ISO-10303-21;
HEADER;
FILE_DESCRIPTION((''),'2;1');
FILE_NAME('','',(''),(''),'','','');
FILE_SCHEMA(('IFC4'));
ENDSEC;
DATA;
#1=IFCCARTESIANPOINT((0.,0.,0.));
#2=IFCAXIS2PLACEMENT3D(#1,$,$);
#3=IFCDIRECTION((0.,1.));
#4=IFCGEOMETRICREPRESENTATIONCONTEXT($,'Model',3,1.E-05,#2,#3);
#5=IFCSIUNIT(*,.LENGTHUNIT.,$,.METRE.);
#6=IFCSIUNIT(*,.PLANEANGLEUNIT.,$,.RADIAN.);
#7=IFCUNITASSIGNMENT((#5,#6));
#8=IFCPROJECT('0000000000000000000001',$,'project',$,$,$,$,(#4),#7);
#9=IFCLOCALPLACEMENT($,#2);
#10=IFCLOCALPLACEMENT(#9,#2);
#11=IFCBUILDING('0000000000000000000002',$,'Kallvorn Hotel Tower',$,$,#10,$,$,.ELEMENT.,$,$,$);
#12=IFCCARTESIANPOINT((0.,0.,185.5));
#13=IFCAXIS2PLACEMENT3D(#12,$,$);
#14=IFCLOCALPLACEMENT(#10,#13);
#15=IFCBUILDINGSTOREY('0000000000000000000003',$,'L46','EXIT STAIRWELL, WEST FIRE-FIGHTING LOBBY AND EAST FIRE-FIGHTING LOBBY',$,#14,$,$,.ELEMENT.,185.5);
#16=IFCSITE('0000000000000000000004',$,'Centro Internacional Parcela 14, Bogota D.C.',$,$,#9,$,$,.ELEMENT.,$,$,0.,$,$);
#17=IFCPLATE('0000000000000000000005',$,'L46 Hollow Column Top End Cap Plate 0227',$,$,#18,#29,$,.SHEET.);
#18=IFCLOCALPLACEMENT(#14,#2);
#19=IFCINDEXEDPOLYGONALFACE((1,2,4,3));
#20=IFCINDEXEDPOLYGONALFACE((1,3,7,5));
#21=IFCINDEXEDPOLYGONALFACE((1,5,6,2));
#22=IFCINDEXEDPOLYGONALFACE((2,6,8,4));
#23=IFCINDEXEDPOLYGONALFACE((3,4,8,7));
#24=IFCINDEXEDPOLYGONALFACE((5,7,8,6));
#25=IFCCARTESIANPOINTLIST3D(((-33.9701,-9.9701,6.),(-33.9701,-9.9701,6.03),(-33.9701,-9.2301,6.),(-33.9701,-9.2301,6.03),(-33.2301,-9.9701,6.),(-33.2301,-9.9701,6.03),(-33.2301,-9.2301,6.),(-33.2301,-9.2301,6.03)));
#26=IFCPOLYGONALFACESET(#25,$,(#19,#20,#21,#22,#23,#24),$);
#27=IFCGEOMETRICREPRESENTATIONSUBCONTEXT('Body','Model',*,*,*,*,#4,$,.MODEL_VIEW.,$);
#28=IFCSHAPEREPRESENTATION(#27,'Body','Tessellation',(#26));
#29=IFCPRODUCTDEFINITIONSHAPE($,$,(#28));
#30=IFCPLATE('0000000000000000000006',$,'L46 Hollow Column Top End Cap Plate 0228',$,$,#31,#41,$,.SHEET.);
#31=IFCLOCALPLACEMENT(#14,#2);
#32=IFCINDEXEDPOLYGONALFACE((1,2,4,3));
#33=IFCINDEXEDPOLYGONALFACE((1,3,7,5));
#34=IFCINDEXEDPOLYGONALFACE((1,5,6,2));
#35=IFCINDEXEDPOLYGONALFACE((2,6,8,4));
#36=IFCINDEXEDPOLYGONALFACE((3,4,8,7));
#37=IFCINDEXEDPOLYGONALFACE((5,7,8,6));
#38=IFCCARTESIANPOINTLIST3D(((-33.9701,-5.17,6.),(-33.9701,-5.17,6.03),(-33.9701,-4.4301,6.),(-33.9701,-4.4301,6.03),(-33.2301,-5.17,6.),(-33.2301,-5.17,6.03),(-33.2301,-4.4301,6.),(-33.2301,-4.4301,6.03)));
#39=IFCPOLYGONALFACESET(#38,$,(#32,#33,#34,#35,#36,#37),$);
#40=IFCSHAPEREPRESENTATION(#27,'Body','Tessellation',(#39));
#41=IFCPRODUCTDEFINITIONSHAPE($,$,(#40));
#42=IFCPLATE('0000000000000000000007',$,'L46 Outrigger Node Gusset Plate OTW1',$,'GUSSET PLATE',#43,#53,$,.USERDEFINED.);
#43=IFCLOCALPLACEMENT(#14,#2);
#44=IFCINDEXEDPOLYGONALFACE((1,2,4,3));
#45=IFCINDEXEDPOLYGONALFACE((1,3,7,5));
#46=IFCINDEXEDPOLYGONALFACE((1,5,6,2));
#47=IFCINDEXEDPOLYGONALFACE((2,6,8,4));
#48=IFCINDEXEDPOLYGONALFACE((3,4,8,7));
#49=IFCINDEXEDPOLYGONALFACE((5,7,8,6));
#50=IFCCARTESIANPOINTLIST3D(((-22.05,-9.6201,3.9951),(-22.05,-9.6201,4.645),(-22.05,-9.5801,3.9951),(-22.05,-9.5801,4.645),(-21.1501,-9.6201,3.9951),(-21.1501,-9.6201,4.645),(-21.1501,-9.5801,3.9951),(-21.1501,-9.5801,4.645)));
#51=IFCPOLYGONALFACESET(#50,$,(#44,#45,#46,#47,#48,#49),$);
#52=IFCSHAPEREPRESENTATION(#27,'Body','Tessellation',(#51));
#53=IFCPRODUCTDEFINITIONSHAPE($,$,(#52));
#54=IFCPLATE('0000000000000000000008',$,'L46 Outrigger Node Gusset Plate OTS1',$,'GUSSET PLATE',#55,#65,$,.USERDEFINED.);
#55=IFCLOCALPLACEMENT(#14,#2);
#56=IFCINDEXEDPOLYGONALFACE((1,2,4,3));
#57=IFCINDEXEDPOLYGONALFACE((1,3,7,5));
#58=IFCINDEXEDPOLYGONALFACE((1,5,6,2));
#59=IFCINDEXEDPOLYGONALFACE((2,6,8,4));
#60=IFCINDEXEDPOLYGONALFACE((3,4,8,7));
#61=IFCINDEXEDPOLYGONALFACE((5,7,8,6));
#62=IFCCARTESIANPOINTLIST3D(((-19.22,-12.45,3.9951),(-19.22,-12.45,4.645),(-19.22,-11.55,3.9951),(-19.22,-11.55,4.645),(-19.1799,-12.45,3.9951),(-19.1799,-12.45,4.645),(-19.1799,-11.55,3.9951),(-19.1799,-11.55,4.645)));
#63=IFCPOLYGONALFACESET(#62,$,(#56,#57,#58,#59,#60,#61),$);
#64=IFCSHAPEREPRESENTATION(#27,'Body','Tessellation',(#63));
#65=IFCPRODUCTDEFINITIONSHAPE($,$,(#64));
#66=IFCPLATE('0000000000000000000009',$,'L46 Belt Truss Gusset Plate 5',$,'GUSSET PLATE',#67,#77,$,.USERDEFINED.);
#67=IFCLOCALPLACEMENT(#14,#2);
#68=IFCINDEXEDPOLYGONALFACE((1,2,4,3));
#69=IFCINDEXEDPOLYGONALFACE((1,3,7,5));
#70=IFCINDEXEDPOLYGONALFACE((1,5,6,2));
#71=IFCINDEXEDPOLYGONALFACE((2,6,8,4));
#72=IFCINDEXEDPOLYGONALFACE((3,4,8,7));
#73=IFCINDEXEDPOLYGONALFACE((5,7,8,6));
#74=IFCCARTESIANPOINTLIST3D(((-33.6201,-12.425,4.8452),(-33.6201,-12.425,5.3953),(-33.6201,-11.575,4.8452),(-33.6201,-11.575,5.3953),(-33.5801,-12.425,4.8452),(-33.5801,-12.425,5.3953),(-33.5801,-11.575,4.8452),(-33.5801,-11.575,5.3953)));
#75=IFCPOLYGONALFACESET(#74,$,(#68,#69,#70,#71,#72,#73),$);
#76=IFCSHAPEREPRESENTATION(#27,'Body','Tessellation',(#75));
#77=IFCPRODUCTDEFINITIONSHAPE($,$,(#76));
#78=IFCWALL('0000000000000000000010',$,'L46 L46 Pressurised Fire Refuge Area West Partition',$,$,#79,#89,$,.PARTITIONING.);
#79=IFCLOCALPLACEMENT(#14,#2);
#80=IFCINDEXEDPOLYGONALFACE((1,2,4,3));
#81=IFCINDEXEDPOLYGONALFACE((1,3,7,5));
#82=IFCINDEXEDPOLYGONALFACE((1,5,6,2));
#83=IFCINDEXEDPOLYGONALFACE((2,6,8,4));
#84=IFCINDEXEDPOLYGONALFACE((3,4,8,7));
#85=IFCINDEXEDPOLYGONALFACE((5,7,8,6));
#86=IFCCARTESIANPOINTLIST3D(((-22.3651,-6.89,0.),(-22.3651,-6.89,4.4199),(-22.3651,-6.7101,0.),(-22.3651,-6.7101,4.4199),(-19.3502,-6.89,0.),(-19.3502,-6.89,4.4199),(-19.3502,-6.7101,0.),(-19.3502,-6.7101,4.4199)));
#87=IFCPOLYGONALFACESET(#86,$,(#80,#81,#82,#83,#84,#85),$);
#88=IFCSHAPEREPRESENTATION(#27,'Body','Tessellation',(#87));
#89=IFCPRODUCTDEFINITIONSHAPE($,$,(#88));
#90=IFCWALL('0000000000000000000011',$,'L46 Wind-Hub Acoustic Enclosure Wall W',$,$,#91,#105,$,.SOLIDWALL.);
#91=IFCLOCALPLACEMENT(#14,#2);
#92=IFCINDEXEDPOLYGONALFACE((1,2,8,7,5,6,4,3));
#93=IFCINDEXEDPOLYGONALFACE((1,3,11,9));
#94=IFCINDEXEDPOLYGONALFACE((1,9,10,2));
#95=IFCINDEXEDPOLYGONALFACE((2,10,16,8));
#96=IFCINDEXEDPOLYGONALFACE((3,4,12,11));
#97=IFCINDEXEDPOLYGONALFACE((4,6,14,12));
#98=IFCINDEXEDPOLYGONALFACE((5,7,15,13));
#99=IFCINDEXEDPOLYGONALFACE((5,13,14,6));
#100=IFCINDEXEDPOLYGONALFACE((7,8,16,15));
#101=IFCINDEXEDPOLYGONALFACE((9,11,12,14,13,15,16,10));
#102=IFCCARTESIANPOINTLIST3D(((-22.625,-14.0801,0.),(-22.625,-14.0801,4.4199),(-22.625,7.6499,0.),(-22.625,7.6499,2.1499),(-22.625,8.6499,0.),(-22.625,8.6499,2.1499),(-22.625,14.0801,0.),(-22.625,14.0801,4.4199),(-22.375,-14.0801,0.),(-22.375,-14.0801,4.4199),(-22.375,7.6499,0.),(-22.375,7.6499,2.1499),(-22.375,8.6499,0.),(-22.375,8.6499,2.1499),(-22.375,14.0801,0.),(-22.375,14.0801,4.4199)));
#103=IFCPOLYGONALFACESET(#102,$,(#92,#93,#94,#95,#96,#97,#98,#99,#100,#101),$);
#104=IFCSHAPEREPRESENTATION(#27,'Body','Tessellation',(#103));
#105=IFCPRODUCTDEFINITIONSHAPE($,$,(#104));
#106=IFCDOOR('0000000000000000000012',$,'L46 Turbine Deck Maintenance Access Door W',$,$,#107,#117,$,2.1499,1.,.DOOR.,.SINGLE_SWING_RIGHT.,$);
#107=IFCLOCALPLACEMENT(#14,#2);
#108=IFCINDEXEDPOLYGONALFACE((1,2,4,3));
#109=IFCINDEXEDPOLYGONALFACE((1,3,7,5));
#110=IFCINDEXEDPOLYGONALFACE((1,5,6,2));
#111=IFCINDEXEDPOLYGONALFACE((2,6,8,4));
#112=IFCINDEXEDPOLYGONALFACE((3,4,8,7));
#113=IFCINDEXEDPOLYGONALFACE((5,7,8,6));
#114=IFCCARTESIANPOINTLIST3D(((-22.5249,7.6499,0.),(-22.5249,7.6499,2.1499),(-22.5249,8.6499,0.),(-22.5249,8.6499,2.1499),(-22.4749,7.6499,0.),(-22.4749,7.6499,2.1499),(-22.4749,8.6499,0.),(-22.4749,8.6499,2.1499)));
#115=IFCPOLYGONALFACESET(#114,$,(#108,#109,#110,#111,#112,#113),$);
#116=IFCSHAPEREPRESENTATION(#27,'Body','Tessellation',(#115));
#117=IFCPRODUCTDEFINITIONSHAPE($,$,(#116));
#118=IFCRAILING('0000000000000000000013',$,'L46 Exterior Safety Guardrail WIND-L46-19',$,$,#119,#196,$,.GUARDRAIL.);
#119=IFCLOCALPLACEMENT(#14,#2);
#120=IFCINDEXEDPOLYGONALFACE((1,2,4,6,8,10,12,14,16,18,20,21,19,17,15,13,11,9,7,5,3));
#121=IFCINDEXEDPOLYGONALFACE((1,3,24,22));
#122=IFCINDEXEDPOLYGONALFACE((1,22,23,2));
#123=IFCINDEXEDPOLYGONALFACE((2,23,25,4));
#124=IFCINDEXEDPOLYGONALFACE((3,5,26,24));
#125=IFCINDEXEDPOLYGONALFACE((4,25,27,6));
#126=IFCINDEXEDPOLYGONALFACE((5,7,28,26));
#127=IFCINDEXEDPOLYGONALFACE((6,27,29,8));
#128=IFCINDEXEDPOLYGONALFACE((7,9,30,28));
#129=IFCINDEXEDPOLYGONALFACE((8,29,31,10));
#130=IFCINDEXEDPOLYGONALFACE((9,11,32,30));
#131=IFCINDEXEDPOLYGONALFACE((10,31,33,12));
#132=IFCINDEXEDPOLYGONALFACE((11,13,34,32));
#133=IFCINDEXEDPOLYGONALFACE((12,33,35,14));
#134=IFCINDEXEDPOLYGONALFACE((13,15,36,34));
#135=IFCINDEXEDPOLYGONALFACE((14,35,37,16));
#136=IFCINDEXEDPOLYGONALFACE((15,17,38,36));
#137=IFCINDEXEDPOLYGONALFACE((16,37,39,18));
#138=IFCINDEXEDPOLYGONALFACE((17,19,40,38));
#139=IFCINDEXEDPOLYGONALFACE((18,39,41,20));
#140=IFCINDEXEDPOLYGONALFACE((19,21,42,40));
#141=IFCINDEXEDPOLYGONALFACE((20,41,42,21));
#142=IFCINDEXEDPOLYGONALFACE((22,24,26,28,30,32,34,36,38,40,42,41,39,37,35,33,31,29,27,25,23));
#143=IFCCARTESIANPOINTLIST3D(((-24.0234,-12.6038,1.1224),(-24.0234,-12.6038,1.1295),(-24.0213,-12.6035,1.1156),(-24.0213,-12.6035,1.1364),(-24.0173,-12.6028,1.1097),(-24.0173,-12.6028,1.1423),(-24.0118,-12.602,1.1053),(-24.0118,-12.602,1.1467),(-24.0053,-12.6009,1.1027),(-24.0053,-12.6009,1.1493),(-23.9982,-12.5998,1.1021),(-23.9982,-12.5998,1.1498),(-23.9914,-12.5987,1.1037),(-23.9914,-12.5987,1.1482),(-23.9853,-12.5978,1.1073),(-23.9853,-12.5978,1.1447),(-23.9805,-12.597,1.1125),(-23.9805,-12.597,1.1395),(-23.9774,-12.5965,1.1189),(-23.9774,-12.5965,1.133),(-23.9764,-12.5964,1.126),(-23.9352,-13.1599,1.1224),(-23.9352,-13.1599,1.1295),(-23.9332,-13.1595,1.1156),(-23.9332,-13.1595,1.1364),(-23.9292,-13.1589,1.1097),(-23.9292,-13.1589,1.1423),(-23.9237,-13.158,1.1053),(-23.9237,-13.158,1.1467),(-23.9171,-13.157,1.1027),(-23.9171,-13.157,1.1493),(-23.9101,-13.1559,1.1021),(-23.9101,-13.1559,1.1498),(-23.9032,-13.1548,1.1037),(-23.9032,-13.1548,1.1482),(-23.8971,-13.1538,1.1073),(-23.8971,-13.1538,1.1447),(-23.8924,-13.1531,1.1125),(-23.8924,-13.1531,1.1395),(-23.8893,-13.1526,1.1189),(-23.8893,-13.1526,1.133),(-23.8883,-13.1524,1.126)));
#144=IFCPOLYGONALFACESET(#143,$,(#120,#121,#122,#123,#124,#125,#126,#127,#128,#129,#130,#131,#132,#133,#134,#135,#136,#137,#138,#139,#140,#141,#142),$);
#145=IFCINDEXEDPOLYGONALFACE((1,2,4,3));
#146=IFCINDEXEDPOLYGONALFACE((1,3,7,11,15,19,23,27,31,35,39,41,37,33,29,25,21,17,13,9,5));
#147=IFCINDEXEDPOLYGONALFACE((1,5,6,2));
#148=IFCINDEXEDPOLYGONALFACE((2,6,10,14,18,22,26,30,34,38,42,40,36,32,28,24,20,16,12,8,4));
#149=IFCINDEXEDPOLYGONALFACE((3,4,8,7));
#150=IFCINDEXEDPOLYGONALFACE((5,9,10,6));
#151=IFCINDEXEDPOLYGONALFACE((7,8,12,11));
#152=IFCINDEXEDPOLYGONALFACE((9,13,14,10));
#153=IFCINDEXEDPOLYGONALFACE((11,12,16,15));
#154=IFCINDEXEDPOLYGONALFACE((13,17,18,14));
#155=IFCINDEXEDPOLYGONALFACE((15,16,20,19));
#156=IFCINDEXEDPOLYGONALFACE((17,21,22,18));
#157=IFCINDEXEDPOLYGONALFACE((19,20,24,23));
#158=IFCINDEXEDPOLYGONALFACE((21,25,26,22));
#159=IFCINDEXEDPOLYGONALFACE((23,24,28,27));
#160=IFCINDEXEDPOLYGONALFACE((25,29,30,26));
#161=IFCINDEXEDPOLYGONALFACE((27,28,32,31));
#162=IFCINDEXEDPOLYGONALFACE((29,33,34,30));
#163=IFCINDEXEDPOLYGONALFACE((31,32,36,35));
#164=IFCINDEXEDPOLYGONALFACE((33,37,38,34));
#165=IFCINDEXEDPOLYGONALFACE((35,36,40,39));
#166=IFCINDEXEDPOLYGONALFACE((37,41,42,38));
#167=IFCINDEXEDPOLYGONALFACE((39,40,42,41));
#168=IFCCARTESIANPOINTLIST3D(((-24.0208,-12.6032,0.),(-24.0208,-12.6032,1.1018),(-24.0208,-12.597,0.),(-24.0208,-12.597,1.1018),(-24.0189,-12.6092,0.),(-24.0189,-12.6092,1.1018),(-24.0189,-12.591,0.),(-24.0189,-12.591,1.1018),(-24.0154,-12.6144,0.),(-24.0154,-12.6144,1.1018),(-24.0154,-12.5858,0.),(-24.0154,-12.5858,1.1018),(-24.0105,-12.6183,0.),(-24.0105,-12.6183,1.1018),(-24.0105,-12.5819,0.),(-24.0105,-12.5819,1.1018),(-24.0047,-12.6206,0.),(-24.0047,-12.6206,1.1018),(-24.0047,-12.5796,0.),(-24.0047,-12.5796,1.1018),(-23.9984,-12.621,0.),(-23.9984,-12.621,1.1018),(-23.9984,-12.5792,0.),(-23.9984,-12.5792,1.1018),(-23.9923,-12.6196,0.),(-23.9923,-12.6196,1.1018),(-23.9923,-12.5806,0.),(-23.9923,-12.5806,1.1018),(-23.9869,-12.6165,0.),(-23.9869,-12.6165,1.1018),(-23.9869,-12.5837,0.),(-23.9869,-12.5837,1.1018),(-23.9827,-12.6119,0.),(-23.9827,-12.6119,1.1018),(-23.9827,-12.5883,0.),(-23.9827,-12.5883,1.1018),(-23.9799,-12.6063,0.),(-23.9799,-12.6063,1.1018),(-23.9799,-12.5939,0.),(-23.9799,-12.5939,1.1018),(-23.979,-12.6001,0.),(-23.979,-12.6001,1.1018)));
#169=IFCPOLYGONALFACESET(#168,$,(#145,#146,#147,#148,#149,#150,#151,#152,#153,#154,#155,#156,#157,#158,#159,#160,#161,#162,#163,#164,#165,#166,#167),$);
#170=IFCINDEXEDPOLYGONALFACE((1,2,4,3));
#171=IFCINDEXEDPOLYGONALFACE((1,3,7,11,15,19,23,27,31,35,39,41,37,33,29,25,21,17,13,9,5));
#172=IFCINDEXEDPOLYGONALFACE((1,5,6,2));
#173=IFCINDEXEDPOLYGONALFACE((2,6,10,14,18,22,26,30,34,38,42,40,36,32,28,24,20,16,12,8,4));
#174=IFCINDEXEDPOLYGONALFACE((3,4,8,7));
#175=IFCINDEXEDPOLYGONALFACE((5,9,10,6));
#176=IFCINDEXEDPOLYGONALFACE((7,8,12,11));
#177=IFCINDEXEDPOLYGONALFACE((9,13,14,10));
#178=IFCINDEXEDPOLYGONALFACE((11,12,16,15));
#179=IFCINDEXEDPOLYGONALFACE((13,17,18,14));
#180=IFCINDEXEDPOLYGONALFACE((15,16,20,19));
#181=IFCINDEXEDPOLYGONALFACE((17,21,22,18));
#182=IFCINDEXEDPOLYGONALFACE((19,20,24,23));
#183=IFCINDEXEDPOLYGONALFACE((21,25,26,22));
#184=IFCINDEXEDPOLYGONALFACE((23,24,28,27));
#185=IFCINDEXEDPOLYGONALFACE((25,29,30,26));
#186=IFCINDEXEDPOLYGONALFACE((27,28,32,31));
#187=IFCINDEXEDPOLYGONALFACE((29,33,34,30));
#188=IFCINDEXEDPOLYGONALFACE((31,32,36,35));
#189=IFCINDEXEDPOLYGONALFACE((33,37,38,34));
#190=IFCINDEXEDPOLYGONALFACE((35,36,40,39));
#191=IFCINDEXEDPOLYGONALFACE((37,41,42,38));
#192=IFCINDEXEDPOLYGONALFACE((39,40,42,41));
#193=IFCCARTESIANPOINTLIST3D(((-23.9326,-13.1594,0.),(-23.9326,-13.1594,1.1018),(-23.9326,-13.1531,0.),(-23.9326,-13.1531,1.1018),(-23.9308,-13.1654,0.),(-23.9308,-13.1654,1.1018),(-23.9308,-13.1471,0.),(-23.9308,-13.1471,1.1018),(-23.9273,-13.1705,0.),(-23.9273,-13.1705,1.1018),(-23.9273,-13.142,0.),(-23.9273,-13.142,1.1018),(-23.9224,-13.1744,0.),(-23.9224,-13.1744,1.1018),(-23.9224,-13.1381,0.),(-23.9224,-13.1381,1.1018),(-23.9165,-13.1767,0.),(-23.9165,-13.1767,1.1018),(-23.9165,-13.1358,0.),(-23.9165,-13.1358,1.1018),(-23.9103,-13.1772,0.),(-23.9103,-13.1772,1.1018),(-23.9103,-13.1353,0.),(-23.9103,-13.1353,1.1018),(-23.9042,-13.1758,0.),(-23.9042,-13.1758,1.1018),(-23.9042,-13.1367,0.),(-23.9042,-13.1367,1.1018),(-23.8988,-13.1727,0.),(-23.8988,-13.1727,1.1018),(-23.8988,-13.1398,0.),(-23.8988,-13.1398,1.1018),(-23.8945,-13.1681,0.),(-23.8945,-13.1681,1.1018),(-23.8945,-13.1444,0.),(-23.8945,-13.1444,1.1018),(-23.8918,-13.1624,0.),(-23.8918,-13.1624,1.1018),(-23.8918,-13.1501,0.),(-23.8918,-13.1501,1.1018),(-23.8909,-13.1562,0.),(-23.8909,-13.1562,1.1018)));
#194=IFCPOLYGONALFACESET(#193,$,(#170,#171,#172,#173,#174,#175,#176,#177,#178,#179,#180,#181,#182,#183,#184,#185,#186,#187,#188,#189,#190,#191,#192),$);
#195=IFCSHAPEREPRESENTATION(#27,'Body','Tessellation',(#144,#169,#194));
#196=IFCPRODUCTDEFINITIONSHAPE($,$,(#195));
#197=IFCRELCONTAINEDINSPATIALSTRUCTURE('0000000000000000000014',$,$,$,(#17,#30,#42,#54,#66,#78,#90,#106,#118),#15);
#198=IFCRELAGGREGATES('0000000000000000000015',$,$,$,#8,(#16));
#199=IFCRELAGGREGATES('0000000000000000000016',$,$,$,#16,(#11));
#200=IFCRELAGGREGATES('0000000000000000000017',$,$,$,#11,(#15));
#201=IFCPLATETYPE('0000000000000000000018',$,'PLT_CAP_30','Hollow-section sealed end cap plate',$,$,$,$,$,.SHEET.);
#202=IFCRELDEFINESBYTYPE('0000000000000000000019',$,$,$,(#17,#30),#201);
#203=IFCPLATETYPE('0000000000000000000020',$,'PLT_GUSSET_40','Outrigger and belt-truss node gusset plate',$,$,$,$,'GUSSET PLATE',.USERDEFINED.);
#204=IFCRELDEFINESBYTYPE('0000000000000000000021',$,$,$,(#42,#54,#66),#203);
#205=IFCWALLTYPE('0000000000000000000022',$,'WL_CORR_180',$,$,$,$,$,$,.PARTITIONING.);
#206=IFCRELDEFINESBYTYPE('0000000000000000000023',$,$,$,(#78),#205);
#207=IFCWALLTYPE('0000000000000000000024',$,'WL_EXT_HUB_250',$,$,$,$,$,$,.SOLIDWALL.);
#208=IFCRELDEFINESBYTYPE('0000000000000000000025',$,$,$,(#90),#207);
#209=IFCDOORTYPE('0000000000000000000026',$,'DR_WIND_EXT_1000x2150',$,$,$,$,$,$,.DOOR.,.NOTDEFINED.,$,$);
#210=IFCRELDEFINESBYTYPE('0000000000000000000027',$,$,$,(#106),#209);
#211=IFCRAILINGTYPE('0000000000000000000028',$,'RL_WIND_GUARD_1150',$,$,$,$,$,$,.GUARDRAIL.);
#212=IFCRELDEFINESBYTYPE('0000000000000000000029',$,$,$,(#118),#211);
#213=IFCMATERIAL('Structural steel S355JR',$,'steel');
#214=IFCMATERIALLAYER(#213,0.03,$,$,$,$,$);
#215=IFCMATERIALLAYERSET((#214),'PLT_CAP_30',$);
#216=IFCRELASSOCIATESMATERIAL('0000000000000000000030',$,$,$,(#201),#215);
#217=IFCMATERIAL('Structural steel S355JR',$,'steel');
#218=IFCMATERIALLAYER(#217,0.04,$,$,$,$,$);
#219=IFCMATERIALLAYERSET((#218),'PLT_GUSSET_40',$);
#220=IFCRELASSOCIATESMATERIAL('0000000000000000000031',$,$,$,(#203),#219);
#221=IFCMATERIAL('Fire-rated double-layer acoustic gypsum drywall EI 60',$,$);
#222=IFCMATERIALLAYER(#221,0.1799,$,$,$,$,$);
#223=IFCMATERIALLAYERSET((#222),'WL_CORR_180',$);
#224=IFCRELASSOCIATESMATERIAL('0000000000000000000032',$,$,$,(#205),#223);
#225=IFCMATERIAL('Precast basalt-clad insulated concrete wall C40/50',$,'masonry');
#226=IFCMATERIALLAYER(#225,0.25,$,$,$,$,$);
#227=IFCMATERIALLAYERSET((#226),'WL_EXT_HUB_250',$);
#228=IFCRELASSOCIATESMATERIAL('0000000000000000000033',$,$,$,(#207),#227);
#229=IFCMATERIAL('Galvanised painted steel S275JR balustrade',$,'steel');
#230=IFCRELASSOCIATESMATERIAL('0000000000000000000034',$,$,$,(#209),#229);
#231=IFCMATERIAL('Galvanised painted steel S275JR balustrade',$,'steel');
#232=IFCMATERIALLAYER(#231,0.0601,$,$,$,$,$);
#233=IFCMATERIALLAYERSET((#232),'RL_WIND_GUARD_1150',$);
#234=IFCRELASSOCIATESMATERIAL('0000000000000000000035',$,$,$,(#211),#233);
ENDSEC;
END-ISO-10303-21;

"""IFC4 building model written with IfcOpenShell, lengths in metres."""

from ifc_helpers import new_model, si_unit, direction, frame, frame_2d, origin, origin_2d, place, context, subcontext, project, spatial, rectangle, circle, extrude, material, layer, layer_set, type_object, element, fill, save


model = new_model("IFC4")

# Units and contexts
model_context = context("Model", 3, precision=1e-05, world=origin(), true_north=direction((0.0, 1.0)))
body_context = subcontext(model_context, "Body", "Model", "MODEL_VIEW")
ifc_project = project(units=[si_unit("LENGTHUNIT", "METRE"), si_unit("PLANEANGLEUNIT", "RADIAN")], contexts=[model_context])

# Site, building, storey
site_placement = place(None, origin())
site = spatial("IfcSite", under=ifc_project, at=site_placement, Name="Centro Internacional Parcela 14, Bogota D.C.", CompositionType="ELEMENT", RefElevation=0.0)
building_placement = place(site_placement, origin())
building = spatial("IfcBuilding", under=site, at=building_placement, Name="Kallvorn Hotel Tower", CompositionType="ELEMENT")
storey_placement = place(building_placement, frame((0.0, 0.0, 185.5)))
storey = spatial("IfcBuildingStorey", under=building, at=storey_placement, Name="L46", Description="EXIT STAIRWELL, WEST FIRE-FIGHTING LOBBY AND EAST FIRE-FIGHTING LOBBY", CompositionType="ELEMENT", Elevation=185.5)

# Plates
ifc_material_1 = material(Name="Structural steel S355JR", Category="steel")
ifc_layer_1 = layer(ifc_material_1, 0.03)
ifc_layer_set_1 = layer_set([ifc_layer_1], Name="PLT_CAP_30")
plate_type_1 = type_object("IfcPlateType", Name="PLT_CAP_30", Description="Hollow-section sealed end cap plate", PredefinedType="SHEET", material=ifc_layer_set_1)
for number, where, z_axis, x_axis, name in (
    (1, (-33.6001, -9.6001, 6.0), (0.0, 0.0, 1.0), (1.0, 0.0, 0.0), "L46 Hollow Column Top End Cap Plate 0227"),
    (2, (-33.6001, -4.8, 6.0), (0.0, 0.0, 1.0), (1.0, 0.0, 0.0), "L46 Hollow Column Top End Cap Plate 0228"),
):
    element("IfcPlate", number, at=place(storey_placement, frame(where, z_axis=z_axis, x_axis=x_axis)), inside=storey, type_object=plate_type_1, Name=name, PredefinedType="SHEET", context=body_context, shape_type="SweptSolid", body=[
        extrude(rectangle(XDim=0.74, YDim=0.74, at=origin_2d()), origin(), (0.0, 0.0, 1.0), 0.03),
    ])
ifc_material_2 = material(Name="Structural steel S355JR", Category="steel")
ifc_layer_2 = layer(ifc_material_2, 0.04)
ifc_layer_set_2 = layer_set([ifc_layer_2], Name="PLT_GUSSET_40")
plate_type_2 = type_object("IfcPlateType", Name="PLT_GUSSET_40", Description="Outrigger and belt-truss node gusset plate", ElementType="GUSSET PLATE", PredefinedType="USERDEFINED", material=ifc_layer_set_2)
for number, where, z_axis, x_axis, name in (
    (3, (-21.6001, -9.6001, 3.9951), (0.0, 0.0, 1.0), (1.0, 0.0, 0.0), "L46 Outrigger Node Gusset Plate OTW1"),
    (4, (-19.2, -12.0, 3.9951), (0.0, 0.0, 1.0), (0.0, 1.0, 0.0), "L46 Outrigger Node Gusset Plate OTS1"),
):
    element("IfcPlate", number, at=place(storey_placement, frame(where, z_axis=z_axis, x_axis=x_axis)), inside=storey, type_object=plate_type_2, Name=name, ObjectType="GUSSET PLATE", PredefinedType="USERDEFINED", context=body_context, shape_type="SweptSolid", body=[
        extrude(rectangle(XDim=0.8999, YDim=0.04, at=origin_2d()), origin(), (0.0, 0.0, 1.0), 0.6499),
    ])
plate_placement = place(storey_placement, frame((-33.6001, -12.0, 4.8452), z_axis=(0.0, 0.0, 1.0), x_axis=(0.0, 1.0, 0.0)))
element("IfcPlate", 5, at=plate_placement, inside=storey, type_object=plate_type_2, Name="L46 Belt Truss Gusset Plate 5", ObjectType="GUSSET PLATE", PredefinedType="USERDEFINED", context=body_context, shape_type="SweptSolid", body=[
    extrude(rectangle(XDim=0.8501, YDim=0.04, at=origin_2d()), origin(), (0.0, 0.0, 1.0), 0.55),
])

# Wall
ifc_material_3 = material(Name="Fire-rated double-layer acoustic gypsum drywall EI 60")
ifc_layer_3 = layer(ifc_material_3, 0.1799)
ifc_layer_set_3 = layer_set([ifc_layer_3], Name="WL_CORR_180")
wall_type_1 = type_object("IfcWallType", Name="WL_CORR_180", PredefinedType="PARTITIONING", material=ifc_layer_set_3)
wall_1_placement = place(storey_placement, frame((-22.365, -6.8, 0.0), z_axis=(0.0, 0.0, 1.0), x_axis=(1.0, 0.0, 0.0)))
element("IfcWall", 6, at=wall_1_placement, inside=storey, type_object=wall_type_1, Name="L46 L46 Pressurised Fire Refuge Area West Partition", PredefinedType="PARTITIONING", context=body_context, shape_type="SweptSolid", body=[
    extrude(rectangle(XDim=3.0149, YDim=0.1799, at=frame_2d((1.5073, 0.0))), origin(), (0.0, 0.0, 1.0), 4.4199),
])

# Wall, opening, door
ifc_material_4 = material(Name="Precast basalt-clad insulated concrete wall C40/50", Category="masonry")
ifc_layer_4 = layer(ifc_material_4, 0.25)
ifc_layer_set_4 = layer_set([ifc_layer_4], Name="WL_EXT_HUB_250")
wall_type_2 = type_object("IfcWallType", Name="WL_EXT_HUB_250", PredefinedType="SOLIDWALL", material=ifc_layer_set_4)
wall_2_placement = place(storey_placement, frame((-22.5, -14.0801, 0.0), z_axis=(0.0, 0.0, 1.0), x_axis=(0.0, 1.0, 0.0)))
wall_2 = element("IfcWall", 7, at=wall_2_placement, inside=storey, type_object=wall_type_2, Name="L46 Wind-Hub Acoustic Enclosure Wall W", PredefinedType="SOLIDWALL", context=body_context, shape_type="SweptSolid", body=[
    extrude(rectangle(XDim=28.1602, YDim=0.25, at=frame_2d((14.0801, 0.0))), origin(), (0.0, 0.0, 1.0), 4.4199),
])
opening_placement = place(wall_2_placement, frame((21.73, 0.0, 0.0)))
opening = element("IfcOpeningElement", 8, at=opening_placement, cuts=wall_2, PredefinedType="OPENING", context=body_context, shape_type="SweptSolid", body=[
    extrude(rectangle(XDim=1.0, YDim=2.1499, at=frame_2d((0.5, 1.075))), frame((0.0, 0.1399, 0.0), z_axis=(0.0, -1.0, 0.0), x_axis=(1.0, 0.0, 0.0)), (0.0, 0.0, 1.0), 0.28),
])
ifc_material_5 = material(Name="Galvanised painted steel S275JR balustrade", Category="steel")
door_type = type_object("IfcDoorType", Name="DR_WIND_EXT_1000x2150", OperationType="NOTDEFINED", PredefinedType="DOOR", material=ifc_material_5)
door_placement = place(opening_placement, origin())
door = element("IfcDoor", 9, at=door_placement, inside=storey, type_object=door_type, Name="L46 Turbine Deck Maintenance Access Door W", OperationType="SINGLE_SWING_RIGHT", OverallHeight=2.1499, OverallWidth=1.0, PredefinedType="DOOR", context=body_context, shape_type="SweptSolid", body=[
    extrude(rectangle(XDim=1.0, YDim=2.1499, at=frame_2d((0.5, 1.075))), frame((0.0, 0.0249, 0.0), z_axis=(0.0, -1.0, 0.0), x_axis=(1.0, 0.0, 0.0)), (0.0, 0.0, 1.0), 0.05),
])
fill(opening, door)

# Railing
ifc_material_6 = material(Name="Galvanised painted steel S275JR balustrade", Category="steel")
ifc_layer_5 = layer(ifc_material_6, 0.0601)
ifc_layer_set_5 = layer_set([ifc_layer_5], Name="RL_WIND_GUARD_1150")
railing_type = type_object("IfcRailingType", Name="RL_WIND_GUARD_1150", PredefinedType="GUARDRAIL", material=ifc_layer_set_5)
railing_1_placement = place(storey_placement, frame((-24.0, -12.6001, 0.0)))
element("IfcRailing", 10, at=railing_1_placement, inside=storey, type_object=railing_type, Name="L46 Exterior Safety Guardrail WIND-L46-19", PredefinedType="GUARDRAIL", context=body_context, shape_type="SweptSolid", body=[
    extrude(circle(Radius=0.0239, at=origin_2d()), frame((0.0, 0.0, 1.126), z_axis=(0.156519, -0.987675, 0.0), x_axis=(0.987675, 0.156519, 0.0)), (0.0, 0.0, 1.0), 0.563),
    extrude(circle(Radius=0.021, at=origin_2d()), origin(), (0.0, 0.0, 1.0), 1.1018),
    extrude(circle(Radius=0.021, at=origin_2d()), frame((0.0881, -0.5562, 0.0)), (0.0, 0.0, 1.0), 1.1018),
])

save(model, "model.ifc")
